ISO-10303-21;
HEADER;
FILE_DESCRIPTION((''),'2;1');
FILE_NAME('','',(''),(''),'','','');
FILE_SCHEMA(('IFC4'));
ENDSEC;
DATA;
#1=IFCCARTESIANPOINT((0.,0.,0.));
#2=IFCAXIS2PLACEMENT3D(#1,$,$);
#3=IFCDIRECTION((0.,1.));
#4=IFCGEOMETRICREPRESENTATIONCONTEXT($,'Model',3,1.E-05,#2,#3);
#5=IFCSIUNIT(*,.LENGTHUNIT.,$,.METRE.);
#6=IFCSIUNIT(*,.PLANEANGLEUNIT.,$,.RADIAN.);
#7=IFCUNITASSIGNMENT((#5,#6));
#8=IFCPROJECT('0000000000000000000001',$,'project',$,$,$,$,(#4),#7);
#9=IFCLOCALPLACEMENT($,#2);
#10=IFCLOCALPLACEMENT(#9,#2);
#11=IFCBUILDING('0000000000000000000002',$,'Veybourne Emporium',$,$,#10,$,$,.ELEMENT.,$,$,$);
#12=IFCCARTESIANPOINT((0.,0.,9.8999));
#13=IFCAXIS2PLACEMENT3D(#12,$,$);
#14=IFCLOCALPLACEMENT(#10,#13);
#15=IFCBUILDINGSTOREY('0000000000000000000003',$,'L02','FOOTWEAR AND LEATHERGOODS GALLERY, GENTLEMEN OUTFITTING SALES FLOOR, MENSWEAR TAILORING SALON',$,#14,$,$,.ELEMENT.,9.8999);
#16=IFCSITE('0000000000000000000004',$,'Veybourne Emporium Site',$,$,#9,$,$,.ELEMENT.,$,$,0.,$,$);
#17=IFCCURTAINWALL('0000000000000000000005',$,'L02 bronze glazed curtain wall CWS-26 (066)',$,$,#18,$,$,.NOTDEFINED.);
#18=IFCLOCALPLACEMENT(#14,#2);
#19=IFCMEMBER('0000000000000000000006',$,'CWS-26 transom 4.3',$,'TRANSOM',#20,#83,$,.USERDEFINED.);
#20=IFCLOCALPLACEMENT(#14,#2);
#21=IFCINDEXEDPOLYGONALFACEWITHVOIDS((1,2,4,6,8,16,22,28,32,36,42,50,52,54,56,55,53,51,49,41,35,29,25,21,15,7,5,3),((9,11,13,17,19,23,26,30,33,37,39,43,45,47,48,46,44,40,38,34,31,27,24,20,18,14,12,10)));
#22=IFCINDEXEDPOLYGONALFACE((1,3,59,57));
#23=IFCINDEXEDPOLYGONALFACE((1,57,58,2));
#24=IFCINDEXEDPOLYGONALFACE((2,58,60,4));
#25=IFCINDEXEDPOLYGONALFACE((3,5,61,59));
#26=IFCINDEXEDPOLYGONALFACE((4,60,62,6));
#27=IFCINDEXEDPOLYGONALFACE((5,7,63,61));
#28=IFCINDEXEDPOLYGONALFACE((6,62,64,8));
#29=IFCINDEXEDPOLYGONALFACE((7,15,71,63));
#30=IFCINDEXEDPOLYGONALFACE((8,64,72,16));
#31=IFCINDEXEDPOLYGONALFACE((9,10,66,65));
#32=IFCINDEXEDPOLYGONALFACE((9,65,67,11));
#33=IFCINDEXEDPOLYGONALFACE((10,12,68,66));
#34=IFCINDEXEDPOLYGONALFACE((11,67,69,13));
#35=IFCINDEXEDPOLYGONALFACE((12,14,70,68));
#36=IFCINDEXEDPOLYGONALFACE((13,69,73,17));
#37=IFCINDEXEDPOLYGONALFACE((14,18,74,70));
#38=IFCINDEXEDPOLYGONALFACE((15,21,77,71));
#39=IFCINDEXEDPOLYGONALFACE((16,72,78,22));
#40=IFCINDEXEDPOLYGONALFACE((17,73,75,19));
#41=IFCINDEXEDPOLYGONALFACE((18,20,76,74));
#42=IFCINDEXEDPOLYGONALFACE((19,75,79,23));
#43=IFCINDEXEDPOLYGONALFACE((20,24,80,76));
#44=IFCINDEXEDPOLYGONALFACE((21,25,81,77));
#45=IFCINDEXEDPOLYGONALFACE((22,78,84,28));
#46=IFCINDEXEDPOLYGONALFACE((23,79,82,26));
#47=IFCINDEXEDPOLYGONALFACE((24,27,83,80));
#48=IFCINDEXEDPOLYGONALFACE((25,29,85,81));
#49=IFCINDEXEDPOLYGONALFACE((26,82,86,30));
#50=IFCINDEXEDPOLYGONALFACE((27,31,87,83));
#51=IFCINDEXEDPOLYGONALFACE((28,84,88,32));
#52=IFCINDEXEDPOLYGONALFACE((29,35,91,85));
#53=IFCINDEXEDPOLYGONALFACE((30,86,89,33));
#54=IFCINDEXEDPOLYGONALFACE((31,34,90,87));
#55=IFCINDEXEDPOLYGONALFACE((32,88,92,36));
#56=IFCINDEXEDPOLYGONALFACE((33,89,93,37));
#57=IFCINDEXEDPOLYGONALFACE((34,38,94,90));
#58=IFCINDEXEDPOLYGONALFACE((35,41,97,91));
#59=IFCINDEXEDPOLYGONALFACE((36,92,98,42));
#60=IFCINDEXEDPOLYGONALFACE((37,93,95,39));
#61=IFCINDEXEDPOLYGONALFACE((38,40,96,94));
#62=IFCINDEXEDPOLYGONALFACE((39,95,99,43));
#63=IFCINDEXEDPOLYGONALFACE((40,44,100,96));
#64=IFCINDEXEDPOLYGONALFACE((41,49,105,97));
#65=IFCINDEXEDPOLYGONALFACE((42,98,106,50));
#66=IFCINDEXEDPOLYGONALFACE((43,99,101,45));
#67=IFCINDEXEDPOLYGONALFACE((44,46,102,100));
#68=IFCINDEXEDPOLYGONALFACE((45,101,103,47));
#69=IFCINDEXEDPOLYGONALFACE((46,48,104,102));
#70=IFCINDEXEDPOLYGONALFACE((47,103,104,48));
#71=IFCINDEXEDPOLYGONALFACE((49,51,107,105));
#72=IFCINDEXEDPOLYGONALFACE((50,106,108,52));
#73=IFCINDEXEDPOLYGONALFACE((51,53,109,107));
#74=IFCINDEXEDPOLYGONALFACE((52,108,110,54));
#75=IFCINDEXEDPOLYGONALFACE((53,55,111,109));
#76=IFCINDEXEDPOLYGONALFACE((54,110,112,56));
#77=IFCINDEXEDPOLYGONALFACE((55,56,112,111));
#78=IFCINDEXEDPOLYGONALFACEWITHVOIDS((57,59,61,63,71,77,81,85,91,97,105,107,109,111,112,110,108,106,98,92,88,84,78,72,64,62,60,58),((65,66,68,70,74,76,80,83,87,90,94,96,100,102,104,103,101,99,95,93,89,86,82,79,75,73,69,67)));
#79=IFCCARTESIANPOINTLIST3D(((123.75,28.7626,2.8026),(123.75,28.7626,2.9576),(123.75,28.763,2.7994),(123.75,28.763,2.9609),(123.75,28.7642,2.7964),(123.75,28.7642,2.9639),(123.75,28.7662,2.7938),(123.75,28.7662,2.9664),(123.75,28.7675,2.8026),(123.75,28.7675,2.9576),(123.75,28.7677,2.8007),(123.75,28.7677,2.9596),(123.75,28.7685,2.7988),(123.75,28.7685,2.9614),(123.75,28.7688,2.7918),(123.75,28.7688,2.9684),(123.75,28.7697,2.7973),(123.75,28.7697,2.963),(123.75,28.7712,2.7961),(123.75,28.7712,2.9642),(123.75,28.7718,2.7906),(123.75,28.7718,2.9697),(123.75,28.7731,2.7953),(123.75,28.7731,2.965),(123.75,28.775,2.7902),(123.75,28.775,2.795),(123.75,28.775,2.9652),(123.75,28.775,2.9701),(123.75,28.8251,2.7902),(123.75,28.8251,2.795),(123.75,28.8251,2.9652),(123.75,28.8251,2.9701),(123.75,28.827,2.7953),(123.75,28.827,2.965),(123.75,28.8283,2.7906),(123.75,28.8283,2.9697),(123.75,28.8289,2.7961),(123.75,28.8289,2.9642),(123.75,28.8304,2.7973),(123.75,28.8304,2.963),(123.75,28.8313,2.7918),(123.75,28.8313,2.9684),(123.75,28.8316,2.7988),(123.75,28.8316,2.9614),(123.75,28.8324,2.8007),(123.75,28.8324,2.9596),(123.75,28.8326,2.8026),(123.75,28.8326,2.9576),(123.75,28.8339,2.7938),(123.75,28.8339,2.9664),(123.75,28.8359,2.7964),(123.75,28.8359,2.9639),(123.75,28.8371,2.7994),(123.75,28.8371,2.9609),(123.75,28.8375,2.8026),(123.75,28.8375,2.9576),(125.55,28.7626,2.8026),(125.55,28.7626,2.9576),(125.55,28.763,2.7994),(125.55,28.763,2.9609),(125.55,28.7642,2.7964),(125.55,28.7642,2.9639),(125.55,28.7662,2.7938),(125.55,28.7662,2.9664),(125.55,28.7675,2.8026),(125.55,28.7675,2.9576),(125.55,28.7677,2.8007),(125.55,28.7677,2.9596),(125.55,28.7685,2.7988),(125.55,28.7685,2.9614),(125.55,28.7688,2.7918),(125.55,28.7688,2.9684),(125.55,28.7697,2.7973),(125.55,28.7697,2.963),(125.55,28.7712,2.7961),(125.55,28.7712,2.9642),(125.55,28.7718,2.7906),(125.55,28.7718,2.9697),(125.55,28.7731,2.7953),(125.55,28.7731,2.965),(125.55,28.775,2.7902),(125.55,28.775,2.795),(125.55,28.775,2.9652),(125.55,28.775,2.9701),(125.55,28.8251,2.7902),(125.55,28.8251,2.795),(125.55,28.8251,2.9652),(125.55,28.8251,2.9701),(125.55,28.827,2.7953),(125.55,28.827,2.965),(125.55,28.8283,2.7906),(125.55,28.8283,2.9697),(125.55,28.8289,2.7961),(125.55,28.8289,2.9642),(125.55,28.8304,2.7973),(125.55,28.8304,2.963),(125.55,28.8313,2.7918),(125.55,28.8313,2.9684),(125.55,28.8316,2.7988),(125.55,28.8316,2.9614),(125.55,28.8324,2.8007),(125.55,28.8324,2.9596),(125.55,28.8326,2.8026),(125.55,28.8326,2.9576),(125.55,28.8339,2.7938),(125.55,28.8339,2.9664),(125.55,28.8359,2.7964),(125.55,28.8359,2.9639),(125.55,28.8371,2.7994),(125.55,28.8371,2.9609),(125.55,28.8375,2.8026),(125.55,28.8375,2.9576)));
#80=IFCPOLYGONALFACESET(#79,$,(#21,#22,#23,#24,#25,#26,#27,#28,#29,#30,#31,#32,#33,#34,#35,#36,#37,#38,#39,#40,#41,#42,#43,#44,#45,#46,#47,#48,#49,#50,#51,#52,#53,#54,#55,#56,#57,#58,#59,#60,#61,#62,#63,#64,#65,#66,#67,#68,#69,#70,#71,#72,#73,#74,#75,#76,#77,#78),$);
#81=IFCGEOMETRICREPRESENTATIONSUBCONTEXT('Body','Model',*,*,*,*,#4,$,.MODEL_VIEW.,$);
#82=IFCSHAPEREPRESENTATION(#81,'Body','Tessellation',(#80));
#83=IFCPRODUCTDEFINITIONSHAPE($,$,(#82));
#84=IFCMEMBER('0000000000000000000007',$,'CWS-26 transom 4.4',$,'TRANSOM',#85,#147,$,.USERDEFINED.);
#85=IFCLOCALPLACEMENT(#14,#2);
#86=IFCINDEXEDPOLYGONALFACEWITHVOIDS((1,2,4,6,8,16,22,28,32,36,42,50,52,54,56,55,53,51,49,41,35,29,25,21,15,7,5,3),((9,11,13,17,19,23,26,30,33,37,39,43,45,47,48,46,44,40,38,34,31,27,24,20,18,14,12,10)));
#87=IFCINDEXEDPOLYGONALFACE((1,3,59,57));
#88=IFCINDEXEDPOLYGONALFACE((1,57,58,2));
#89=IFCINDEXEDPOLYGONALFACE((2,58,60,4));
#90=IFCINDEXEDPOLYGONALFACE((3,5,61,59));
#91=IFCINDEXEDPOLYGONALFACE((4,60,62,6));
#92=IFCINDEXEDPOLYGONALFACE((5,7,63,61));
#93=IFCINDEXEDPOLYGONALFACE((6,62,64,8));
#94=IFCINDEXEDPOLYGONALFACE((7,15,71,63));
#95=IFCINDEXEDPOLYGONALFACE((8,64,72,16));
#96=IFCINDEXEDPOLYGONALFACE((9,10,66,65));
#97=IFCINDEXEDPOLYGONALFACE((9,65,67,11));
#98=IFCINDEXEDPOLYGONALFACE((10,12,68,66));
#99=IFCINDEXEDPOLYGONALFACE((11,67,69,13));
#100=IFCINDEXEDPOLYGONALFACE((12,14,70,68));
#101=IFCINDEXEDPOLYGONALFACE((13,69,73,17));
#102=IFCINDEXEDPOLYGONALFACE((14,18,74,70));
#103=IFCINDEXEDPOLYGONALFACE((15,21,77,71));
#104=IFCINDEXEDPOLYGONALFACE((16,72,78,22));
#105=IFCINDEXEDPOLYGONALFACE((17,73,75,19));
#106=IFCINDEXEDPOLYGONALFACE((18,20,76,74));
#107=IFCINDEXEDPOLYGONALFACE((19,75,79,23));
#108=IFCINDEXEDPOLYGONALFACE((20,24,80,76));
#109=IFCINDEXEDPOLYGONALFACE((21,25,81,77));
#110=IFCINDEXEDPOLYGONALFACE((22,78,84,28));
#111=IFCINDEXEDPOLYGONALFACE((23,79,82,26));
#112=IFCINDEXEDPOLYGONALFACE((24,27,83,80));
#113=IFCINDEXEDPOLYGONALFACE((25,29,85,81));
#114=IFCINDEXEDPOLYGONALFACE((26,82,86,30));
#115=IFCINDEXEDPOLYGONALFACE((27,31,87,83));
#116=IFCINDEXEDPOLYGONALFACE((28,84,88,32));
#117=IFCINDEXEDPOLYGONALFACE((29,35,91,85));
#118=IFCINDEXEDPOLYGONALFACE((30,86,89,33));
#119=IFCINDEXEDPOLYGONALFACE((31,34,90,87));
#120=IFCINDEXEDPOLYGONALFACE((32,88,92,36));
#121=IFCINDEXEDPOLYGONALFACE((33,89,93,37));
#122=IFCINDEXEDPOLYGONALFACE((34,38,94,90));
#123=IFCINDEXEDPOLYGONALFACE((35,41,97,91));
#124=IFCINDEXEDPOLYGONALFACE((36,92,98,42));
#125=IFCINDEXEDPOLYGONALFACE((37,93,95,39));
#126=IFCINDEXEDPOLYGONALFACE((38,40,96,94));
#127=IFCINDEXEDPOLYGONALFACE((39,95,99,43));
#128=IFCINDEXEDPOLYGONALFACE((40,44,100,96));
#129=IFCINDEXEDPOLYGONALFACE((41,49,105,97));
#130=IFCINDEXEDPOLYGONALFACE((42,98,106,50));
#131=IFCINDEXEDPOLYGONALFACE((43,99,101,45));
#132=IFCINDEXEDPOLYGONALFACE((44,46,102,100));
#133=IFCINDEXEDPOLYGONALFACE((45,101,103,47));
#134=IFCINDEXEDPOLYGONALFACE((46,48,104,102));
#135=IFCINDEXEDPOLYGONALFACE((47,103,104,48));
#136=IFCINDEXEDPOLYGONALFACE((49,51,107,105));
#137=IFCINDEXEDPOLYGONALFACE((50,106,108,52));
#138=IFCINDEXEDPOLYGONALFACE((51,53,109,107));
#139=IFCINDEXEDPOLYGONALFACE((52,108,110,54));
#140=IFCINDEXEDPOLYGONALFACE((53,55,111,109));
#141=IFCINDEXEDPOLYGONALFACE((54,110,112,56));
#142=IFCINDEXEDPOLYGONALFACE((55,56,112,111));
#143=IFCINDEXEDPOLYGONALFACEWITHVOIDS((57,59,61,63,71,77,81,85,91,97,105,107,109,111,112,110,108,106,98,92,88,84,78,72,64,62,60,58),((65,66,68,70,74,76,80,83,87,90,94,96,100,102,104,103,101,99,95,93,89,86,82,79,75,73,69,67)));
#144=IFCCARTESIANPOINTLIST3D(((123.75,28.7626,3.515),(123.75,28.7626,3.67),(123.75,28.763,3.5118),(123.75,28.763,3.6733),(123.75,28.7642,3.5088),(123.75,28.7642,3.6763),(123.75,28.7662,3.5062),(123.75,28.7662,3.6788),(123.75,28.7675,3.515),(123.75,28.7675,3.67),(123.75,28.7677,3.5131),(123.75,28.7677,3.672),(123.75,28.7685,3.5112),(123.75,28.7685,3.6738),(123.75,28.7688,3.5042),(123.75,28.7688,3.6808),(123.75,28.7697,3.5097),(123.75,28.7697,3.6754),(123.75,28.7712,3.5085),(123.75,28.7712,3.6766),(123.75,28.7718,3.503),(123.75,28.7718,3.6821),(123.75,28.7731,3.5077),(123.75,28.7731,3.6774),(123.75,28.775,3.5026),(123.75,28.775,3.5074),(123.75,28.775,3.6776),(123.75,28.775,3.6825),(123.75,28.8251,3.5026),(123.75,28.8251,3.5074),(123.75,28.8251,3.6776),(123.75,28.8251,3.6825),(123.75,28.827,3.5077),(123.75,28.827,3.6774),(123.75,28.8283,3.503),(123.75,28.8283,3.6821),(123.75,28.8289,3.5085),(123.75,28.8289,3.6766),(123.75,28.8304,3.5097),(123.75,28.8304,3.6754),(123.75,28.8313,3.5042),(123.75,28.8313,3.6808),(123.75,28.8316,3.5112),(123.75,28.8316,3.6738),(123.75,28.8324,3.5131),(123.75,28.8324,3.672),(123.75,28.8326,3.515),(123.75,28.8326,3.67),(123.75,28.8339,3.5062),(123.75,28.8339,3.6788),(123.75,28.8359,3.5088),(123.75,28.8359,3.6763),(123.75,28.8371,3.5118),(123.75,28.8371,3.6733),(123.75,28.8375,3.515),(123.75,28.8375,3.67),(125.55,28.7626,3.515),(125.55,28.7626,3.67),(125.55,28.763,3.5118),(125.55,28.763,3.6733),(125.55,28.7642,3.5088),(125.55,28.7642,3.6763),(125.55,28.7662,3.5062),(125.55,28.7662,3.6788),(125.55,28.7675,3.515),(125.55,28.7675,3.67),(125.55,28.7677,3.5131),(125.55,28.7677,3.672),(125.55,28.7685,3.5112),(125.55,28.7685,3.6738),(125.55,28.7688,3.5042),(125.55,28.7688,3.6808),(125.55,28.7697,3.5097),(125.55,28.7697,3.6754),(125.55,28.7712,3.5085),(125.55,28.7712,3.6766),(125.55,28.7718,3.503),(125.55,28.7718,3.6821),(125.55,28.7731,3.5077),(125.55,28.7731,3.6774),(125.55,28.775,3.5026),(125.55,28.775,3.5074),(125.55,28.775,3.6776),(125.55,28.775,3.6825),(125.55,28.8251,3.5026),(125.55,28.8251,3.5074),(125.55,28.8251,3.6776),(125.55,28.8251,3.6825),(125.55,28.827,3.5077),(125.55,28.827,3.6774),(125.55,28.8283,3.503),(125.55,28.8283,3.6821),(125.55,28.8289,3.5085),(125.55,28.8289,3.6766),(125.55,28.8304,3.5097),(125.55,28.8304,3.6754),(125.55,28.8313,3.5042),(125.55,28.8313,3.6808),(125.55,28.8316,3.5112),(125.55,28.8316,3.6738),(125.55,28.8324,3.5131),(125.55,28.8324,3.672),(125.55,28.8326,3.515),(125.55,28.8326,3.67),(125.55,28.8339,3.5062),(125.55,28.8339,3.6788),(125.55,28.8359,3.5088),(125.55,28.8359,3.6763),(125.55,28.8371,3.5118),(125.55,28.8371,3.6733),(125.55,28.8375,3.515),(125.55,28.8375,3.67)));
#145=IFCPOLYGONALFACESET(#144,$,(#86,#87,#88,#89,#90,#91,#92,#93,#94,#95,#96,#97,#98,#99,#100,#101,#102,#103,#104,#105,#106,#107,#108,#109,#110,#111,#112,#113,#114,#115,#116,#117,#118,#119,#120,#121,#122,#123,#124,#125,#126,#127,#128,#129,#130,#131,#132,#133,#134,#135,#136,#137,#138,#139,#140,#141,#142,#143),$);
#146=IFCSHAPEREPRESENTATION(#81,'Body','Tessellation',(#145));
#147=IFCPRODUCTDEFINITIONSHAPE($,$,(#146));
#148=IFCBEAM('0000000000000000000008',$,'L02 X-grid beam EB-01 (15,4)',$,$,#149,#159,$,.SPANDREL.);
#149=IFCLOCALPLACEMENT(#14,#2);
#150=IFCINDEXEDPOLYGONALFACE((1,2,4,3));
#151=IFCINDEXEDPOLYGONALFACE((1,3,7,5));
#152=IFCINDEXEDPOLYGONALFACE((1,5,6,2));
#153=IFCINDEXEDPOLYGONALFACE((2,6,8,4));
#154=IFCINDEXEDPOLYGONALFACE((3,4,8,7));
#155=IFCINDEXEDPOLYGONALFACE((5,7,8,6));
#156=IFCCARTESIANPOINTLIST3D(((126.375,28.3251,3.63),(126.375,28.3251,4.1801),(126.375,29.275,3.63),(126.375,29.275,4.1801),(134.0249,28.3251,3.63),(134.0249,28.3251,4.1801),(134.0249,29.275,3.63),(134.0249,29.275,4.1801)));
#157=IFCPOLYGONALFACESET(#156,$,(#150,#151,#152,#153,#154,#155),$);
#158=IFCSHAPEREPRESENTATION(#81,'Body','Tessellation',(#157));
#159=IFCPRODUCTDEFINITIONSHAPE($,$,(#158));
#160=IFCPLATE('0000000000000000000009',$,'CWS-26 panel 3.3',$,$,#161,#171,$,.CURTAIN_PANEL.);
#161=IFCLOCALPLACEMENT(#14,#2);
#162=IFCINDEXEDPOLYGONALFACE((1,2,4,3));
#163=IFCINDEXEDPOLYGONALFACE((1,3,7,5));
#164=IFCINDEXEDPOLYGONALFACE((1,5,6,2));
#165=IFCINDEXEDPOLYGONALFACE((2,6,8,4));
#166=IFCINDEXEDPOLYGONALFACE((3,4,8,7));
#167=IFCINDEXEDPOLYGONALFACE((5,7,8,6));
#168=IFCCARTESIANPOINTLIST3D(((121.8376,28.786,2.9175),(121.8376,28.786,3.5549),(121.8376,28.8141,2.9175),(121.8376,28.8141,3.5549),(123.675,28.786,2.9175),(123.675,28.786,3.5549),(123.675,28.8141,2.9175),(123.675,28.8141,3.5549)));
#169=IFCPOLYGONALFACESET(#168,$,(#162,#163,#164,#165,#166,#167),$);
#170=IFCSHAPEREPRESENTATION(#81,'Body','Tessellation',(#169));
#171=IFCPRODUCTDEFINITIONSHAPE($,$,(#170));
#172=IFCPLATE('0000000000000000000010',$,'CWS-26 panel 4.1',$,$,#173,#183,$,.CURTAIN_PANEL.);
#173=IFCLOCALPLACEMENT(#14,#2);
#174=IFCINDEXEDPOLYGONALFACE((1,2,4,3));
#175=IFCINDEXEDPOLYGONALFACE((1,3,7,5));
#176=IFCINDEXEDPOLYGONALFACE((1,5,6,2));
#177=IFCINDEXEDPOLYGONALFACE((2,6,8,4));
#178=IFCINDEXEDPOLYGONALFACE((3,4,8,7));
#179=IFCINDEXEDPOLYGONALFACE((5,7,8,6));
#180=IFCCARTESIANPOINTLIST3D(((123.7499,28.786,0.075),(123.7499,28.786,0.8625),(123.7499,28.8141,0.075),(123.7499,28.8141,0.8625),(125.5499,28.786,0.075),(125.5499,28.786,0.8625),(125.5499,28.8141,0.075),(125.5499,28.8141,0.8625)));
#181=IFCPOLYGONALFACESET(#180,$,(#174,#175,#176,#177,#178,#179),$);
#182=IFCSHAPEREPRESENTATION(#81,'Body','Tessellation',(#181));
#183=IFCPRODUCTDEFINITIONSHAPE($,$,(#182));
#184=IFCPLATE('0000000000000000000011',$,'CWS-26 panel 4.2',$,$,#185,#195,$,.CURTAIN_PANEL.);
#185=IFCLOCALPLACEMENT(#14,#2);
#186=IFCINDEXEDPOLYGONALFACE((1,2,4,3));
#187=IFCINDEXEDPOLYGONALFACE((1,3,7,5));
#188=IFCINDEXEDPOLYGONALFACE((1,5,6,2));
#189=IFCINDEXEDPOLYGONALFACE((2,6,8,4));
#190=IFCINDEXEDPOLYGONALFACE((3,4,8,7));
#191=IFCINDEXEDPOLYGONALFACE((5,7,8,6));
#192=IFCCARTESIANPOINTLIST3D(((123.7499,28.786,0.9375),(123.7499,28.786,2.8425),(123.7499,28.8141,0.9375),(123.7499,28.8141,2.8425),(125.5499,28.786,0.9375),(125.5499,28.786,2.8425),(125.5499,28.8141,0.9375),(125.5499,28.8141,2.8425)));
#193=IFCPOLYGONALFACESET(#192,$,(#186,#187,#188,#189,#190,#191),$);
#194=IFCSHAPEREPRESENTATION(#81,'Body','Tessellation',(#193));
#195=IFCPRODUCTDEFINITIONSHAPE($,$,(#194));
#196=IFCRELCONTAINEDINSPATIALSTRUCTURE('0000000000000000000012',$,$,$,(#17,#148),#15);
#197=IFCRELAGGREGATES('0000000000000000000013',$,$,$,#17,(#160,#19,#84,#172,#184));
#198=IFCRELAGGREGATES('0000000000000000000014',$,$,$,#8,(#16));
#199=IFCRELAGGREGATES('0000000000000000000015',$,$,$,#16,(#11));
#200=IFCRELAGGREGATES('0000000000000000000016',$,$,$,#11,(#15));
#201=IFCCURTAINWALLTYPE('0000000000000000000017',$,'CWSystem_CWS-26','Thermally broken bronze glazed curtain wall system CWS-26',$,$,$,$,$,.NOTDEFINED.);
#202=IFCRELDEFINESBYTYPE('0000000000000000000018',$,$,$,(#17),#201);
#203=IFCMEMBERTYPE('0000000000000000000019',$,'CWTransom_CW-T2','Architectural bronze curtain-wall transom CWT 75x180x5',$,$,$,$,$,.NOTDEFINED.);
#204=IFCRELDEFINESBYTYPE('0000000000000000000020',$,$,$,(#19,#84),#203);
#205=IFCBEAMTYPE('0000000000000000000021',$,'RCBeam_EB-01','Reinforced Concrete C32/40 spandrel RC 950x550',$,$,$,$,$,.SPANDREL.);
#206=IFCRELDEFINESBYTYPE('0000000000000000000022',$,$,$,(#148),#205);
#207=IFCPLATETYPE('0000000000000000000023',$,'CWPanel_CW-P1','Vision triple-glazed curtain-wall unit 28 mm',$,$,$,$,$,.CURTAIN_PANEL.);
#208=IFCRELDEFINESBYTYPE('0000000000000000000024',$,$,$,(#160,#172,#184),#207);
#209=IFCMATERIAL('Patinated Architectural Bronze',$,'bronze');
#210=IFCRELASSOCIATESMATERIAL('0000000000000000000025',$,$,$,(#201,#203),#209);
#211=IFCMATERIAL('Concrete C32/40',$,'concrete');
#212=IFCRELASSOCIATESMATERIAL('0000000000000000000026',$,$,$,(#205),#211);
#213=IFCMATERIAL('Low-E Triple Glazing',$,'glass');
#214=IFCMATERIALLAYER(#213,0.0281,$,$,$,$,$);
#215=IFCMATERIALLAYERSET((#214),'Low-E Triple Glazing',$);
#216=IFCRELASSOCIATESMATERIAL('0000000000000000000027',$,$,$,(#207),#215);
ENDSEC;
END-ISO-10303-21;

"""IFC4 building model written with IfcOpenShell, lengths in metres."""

from ifc_helpers import new_model, si_unit, direction, frame, origin, origin_2d, place, context, subcontext, project, spatial, rectangle, hollow_rectangle, extrude, material, layer, layer_set, material_profile, profile_set, type_object, element, aggregate, save


model = new_model("IFC4")

# Units and contexts
model_context = context("Model", 3, precision=1e-05, world=origin(), true_north=direction((0.0, 1.0)))
body_context = subcontext(model_context, "Body", "Model", "MODEL_VIEW")
ifc_project = project(units=[si_unit("LENGTHUNIT", "METRE"), si_unit("PLANEANGLEUNIT", "RADIAN")], contexts=[model_context])

# Site, building, storey
site_placement = place(None, origin())
site = spatial("IfcSite", under=ifc_project, at=site_placement, Name="Veybourne Emporium Site", CompositionType="ELEMENT", RefElevation=0.0)
building_placement = place(site_placement, origin())
building = spatial("IfcBuilding", under=site, at=building_placement, Name="Veybourne Emporium", CompositionType="ELEMENT")
storey_placement = place(building_placement, frame((0.0, 0.0, 9.8999)))
storey = spatial("IfcBuildingStorey", under=building, at=storey_placement, Name="L02", Description="FOOTWEAR AND LEATHERGOODS GALLERY, GENTLEMEN OUTFITTING SALES FLOOR, MENSWEAR TAILORING SALON", CompositionType="ELEMENT", Elevation=9.8999)

# Curtain wall, members
ifc_material_1 = material(Name="Patinated Architectural Bronze", Category="bronze")
curtain_wall_type = type_object("IfcCurtainWallType", Name="CWSystem_CWS-26", Description="Thermally broken bronze glazed curtain wall system CWS-26", PredefinedType="NOTDEFINED", material=ifc_material_1)
curtain_wall_placement = place(storey_placement, origin())
curtain_wall = element("IfcCurtainWall", 1, at=curtain_wall_placement, inside=storey, type_object=curtain_wall_type, Name="L02 bronze glazed curtain wall CWS-26 (066)", PredefinedType="NOTDEFINED")
ifc_material_profile_1 = material_profile(ifc_material_1, hollow_rectangle(XDim=0.075, YDim=0.1799, WallThickness=0.0049, InnerFilletRadius=0.0076, OuterFilletRadius=0.0125, at=origin_2d()), Name="CWT 75x180x5")
ifc_profile_set_1 = profile_set([ifc_material_profile_1], Name="Patinated Architectural Bronze")
member_type_1 = type_object("IfcMemberType", Name="CWTransom_CW-T2", Description="Architectural bronze curtain-wall transom CWT 75x180x5", PredefinedType="NOTDEFINED", material=ifc_profile_set_1)
member_1_placement = place(storey_placement, frame((123.75, 28.8, 2.8801), z_axis=(1.0, 0.0, 0.0), x_axis=(0.0, 1.0, 0.0)))
member_1 = element("IfcMember", 2, at=member_1_placement, type_object=member_type_1, Name="CWS-26 transom 4.3", ObjectType="TRANSOM", PredefinedType="USERDEFINED", context=body_context, shape_type="SweptSolid", body=[
    extrude(hollow_rectangle(XDim=0.075, YDim=0.1799, WallThickness=0.0049, InnerFilletRadius=0.0076, OuterFilletRadius=0.0125, at=origin_2d()), origin(), (0.0, 0.0, 1.0), 1.8),
])
member_2_placement = place(storey_placement, frame((123.75, 28.8, 3.5925), z_axis=(1.0, 0.0, 0.0), x_axis=(0.0, 1.0, 0.0)))
member_2 = element("IfcMember", 3, at=member_2_placement, type_object=member_type_1, Name="CWS-26 transom 4.4", ObjectType="TRANSOM", PredefinedType="USERDEFINED", context=body_context, shape_type="SweptSolid", body=[
    extrude(hollow_rectangle(XDim=0.075, YDim=0.1799, WallThickness=0.0049, InnerFilletRadius=0.0076, OuterFilletRadius=0.0125, at=origin_2d()), origin(), (0.0, 0.0, 1.0), 1.8),
])

# Beam
ifc_material_2 = material(Name="Concrete C32/40", Category="concrete")
ifc_material_profile_2 = material_profile(ifc_material_2, rectangle(XDim=0.95, YDim=0.55, at=origin_2d()), Name="RC 950x550")
ifc_profile_set_2 = profile_set([ifc_material_profile_2], Name="Concrete C32/40")
beam_type = type_object("IfcBeamType", Name="RCBeam_EB-01", Description="Reinforced Concrete C32/40 spandrel RC 950x550", PredefinedType="SPANDREL", material=ifc_profile_set_2)
beam_placement = place(storey_placement, frame((126.375, 28.8, 3.905), z_axis=(1.0, 0.0, 0.0), x_axis=(0.0, 1.0, 0.0)))
element("IfcBeam", 4, at=beam_placement, inside=storey, type_object=beam_type, Name="L02 X-grid beam EB-01 (15,4)", PredefinedType="SPANDREL", context=body_context, shape_type="SweptSolid", body=[
    extrude(rectangle(XDim=0.95, YDim=0.55, at=origin_2d()), origin(), (0.0, 0.0, 1.0), 7.6499),
])

# Plates
ifc_material_3 = material(Name="Low-E Triple Glazing", Category="glass")
ifc_layer_1 = layer(ifc_material_3, 0.0281)
ifc_layer_set_1 = layer_set([ifc_layer_1], Name="Low-E Triple Glazing")
plate_type = type_object("IfcPlateType", Name="CWPanel_CW-P1", Description="Vision triple-glazed curtain-wall unit 28 mm", PredefinedType="CURTAIN_PANEL", material=ifc_layer_set_1)
plate_1_placement = place(storey_placement, frame((122.7563, 28.8, 2.9175), z_axis=(0.0, 0.0, 1.0), x_axis=(1.0, 0.0, 0.0)))
plate_1 = element("IfcPlate", 5, at=plate_1_placement, type_object=plate_type, Name="CWS-26 panel 3.3", PredefinedType="CURTAIN_PANEL", context=body_context, shape_type="SweptSolid", body=[
    extrude(rectangle(XDim=1.8374, YDim=0.0281, at=origin_2d()), origin(), (0.0, 0.0, 1.0), 0.6375),
])
plate_2_placement = place(storey_placement, frame((124.6499, 28.8, 0.075), z_axis=(0.0, 0.0, 1.0), x_axis=(1.0, 0.0, 0.0)))
plate_2 = element("IfcPlate", 6, at=plate_2_placement, type_object=plate_type, Name="CWS-26 panel 4.1", PredefinedType="CURTAIN_PANEL", context=body_context, shape_type="SweptSolid", body=[
    extrude(rectangle(XDim=1.8, YDim=0.0281, at=origin_2d()), origin(), (0.0, 0.0, 1.0), 0.7876),
])
plate_3_placement = place(storey_placement, frame((124.6499, 28.8, 0.9375), z_axis=(0.0, 0.0, 1.0), x_axis=(1.0, 0.0, 0.0)))
plate_3 = element("IfcPlate", 7, at=plate_3_placement, type_object=plate_type, Name="CWS-26 panel 4.2", PredefinedType="CURTAIN_PANEL", context=body_context, shape_type="SweptSolid", body=[
    extrude(rectangle(XDim=1.8, YDim=0.0281, at=origin_2d()), origin(), (0.0, 0.0, 1.0), 1.905),
])
aggregate(curtain_wall, [plate_1, member_1, member_2, plate_2, plate_3])

save(model, "model.ifc")
